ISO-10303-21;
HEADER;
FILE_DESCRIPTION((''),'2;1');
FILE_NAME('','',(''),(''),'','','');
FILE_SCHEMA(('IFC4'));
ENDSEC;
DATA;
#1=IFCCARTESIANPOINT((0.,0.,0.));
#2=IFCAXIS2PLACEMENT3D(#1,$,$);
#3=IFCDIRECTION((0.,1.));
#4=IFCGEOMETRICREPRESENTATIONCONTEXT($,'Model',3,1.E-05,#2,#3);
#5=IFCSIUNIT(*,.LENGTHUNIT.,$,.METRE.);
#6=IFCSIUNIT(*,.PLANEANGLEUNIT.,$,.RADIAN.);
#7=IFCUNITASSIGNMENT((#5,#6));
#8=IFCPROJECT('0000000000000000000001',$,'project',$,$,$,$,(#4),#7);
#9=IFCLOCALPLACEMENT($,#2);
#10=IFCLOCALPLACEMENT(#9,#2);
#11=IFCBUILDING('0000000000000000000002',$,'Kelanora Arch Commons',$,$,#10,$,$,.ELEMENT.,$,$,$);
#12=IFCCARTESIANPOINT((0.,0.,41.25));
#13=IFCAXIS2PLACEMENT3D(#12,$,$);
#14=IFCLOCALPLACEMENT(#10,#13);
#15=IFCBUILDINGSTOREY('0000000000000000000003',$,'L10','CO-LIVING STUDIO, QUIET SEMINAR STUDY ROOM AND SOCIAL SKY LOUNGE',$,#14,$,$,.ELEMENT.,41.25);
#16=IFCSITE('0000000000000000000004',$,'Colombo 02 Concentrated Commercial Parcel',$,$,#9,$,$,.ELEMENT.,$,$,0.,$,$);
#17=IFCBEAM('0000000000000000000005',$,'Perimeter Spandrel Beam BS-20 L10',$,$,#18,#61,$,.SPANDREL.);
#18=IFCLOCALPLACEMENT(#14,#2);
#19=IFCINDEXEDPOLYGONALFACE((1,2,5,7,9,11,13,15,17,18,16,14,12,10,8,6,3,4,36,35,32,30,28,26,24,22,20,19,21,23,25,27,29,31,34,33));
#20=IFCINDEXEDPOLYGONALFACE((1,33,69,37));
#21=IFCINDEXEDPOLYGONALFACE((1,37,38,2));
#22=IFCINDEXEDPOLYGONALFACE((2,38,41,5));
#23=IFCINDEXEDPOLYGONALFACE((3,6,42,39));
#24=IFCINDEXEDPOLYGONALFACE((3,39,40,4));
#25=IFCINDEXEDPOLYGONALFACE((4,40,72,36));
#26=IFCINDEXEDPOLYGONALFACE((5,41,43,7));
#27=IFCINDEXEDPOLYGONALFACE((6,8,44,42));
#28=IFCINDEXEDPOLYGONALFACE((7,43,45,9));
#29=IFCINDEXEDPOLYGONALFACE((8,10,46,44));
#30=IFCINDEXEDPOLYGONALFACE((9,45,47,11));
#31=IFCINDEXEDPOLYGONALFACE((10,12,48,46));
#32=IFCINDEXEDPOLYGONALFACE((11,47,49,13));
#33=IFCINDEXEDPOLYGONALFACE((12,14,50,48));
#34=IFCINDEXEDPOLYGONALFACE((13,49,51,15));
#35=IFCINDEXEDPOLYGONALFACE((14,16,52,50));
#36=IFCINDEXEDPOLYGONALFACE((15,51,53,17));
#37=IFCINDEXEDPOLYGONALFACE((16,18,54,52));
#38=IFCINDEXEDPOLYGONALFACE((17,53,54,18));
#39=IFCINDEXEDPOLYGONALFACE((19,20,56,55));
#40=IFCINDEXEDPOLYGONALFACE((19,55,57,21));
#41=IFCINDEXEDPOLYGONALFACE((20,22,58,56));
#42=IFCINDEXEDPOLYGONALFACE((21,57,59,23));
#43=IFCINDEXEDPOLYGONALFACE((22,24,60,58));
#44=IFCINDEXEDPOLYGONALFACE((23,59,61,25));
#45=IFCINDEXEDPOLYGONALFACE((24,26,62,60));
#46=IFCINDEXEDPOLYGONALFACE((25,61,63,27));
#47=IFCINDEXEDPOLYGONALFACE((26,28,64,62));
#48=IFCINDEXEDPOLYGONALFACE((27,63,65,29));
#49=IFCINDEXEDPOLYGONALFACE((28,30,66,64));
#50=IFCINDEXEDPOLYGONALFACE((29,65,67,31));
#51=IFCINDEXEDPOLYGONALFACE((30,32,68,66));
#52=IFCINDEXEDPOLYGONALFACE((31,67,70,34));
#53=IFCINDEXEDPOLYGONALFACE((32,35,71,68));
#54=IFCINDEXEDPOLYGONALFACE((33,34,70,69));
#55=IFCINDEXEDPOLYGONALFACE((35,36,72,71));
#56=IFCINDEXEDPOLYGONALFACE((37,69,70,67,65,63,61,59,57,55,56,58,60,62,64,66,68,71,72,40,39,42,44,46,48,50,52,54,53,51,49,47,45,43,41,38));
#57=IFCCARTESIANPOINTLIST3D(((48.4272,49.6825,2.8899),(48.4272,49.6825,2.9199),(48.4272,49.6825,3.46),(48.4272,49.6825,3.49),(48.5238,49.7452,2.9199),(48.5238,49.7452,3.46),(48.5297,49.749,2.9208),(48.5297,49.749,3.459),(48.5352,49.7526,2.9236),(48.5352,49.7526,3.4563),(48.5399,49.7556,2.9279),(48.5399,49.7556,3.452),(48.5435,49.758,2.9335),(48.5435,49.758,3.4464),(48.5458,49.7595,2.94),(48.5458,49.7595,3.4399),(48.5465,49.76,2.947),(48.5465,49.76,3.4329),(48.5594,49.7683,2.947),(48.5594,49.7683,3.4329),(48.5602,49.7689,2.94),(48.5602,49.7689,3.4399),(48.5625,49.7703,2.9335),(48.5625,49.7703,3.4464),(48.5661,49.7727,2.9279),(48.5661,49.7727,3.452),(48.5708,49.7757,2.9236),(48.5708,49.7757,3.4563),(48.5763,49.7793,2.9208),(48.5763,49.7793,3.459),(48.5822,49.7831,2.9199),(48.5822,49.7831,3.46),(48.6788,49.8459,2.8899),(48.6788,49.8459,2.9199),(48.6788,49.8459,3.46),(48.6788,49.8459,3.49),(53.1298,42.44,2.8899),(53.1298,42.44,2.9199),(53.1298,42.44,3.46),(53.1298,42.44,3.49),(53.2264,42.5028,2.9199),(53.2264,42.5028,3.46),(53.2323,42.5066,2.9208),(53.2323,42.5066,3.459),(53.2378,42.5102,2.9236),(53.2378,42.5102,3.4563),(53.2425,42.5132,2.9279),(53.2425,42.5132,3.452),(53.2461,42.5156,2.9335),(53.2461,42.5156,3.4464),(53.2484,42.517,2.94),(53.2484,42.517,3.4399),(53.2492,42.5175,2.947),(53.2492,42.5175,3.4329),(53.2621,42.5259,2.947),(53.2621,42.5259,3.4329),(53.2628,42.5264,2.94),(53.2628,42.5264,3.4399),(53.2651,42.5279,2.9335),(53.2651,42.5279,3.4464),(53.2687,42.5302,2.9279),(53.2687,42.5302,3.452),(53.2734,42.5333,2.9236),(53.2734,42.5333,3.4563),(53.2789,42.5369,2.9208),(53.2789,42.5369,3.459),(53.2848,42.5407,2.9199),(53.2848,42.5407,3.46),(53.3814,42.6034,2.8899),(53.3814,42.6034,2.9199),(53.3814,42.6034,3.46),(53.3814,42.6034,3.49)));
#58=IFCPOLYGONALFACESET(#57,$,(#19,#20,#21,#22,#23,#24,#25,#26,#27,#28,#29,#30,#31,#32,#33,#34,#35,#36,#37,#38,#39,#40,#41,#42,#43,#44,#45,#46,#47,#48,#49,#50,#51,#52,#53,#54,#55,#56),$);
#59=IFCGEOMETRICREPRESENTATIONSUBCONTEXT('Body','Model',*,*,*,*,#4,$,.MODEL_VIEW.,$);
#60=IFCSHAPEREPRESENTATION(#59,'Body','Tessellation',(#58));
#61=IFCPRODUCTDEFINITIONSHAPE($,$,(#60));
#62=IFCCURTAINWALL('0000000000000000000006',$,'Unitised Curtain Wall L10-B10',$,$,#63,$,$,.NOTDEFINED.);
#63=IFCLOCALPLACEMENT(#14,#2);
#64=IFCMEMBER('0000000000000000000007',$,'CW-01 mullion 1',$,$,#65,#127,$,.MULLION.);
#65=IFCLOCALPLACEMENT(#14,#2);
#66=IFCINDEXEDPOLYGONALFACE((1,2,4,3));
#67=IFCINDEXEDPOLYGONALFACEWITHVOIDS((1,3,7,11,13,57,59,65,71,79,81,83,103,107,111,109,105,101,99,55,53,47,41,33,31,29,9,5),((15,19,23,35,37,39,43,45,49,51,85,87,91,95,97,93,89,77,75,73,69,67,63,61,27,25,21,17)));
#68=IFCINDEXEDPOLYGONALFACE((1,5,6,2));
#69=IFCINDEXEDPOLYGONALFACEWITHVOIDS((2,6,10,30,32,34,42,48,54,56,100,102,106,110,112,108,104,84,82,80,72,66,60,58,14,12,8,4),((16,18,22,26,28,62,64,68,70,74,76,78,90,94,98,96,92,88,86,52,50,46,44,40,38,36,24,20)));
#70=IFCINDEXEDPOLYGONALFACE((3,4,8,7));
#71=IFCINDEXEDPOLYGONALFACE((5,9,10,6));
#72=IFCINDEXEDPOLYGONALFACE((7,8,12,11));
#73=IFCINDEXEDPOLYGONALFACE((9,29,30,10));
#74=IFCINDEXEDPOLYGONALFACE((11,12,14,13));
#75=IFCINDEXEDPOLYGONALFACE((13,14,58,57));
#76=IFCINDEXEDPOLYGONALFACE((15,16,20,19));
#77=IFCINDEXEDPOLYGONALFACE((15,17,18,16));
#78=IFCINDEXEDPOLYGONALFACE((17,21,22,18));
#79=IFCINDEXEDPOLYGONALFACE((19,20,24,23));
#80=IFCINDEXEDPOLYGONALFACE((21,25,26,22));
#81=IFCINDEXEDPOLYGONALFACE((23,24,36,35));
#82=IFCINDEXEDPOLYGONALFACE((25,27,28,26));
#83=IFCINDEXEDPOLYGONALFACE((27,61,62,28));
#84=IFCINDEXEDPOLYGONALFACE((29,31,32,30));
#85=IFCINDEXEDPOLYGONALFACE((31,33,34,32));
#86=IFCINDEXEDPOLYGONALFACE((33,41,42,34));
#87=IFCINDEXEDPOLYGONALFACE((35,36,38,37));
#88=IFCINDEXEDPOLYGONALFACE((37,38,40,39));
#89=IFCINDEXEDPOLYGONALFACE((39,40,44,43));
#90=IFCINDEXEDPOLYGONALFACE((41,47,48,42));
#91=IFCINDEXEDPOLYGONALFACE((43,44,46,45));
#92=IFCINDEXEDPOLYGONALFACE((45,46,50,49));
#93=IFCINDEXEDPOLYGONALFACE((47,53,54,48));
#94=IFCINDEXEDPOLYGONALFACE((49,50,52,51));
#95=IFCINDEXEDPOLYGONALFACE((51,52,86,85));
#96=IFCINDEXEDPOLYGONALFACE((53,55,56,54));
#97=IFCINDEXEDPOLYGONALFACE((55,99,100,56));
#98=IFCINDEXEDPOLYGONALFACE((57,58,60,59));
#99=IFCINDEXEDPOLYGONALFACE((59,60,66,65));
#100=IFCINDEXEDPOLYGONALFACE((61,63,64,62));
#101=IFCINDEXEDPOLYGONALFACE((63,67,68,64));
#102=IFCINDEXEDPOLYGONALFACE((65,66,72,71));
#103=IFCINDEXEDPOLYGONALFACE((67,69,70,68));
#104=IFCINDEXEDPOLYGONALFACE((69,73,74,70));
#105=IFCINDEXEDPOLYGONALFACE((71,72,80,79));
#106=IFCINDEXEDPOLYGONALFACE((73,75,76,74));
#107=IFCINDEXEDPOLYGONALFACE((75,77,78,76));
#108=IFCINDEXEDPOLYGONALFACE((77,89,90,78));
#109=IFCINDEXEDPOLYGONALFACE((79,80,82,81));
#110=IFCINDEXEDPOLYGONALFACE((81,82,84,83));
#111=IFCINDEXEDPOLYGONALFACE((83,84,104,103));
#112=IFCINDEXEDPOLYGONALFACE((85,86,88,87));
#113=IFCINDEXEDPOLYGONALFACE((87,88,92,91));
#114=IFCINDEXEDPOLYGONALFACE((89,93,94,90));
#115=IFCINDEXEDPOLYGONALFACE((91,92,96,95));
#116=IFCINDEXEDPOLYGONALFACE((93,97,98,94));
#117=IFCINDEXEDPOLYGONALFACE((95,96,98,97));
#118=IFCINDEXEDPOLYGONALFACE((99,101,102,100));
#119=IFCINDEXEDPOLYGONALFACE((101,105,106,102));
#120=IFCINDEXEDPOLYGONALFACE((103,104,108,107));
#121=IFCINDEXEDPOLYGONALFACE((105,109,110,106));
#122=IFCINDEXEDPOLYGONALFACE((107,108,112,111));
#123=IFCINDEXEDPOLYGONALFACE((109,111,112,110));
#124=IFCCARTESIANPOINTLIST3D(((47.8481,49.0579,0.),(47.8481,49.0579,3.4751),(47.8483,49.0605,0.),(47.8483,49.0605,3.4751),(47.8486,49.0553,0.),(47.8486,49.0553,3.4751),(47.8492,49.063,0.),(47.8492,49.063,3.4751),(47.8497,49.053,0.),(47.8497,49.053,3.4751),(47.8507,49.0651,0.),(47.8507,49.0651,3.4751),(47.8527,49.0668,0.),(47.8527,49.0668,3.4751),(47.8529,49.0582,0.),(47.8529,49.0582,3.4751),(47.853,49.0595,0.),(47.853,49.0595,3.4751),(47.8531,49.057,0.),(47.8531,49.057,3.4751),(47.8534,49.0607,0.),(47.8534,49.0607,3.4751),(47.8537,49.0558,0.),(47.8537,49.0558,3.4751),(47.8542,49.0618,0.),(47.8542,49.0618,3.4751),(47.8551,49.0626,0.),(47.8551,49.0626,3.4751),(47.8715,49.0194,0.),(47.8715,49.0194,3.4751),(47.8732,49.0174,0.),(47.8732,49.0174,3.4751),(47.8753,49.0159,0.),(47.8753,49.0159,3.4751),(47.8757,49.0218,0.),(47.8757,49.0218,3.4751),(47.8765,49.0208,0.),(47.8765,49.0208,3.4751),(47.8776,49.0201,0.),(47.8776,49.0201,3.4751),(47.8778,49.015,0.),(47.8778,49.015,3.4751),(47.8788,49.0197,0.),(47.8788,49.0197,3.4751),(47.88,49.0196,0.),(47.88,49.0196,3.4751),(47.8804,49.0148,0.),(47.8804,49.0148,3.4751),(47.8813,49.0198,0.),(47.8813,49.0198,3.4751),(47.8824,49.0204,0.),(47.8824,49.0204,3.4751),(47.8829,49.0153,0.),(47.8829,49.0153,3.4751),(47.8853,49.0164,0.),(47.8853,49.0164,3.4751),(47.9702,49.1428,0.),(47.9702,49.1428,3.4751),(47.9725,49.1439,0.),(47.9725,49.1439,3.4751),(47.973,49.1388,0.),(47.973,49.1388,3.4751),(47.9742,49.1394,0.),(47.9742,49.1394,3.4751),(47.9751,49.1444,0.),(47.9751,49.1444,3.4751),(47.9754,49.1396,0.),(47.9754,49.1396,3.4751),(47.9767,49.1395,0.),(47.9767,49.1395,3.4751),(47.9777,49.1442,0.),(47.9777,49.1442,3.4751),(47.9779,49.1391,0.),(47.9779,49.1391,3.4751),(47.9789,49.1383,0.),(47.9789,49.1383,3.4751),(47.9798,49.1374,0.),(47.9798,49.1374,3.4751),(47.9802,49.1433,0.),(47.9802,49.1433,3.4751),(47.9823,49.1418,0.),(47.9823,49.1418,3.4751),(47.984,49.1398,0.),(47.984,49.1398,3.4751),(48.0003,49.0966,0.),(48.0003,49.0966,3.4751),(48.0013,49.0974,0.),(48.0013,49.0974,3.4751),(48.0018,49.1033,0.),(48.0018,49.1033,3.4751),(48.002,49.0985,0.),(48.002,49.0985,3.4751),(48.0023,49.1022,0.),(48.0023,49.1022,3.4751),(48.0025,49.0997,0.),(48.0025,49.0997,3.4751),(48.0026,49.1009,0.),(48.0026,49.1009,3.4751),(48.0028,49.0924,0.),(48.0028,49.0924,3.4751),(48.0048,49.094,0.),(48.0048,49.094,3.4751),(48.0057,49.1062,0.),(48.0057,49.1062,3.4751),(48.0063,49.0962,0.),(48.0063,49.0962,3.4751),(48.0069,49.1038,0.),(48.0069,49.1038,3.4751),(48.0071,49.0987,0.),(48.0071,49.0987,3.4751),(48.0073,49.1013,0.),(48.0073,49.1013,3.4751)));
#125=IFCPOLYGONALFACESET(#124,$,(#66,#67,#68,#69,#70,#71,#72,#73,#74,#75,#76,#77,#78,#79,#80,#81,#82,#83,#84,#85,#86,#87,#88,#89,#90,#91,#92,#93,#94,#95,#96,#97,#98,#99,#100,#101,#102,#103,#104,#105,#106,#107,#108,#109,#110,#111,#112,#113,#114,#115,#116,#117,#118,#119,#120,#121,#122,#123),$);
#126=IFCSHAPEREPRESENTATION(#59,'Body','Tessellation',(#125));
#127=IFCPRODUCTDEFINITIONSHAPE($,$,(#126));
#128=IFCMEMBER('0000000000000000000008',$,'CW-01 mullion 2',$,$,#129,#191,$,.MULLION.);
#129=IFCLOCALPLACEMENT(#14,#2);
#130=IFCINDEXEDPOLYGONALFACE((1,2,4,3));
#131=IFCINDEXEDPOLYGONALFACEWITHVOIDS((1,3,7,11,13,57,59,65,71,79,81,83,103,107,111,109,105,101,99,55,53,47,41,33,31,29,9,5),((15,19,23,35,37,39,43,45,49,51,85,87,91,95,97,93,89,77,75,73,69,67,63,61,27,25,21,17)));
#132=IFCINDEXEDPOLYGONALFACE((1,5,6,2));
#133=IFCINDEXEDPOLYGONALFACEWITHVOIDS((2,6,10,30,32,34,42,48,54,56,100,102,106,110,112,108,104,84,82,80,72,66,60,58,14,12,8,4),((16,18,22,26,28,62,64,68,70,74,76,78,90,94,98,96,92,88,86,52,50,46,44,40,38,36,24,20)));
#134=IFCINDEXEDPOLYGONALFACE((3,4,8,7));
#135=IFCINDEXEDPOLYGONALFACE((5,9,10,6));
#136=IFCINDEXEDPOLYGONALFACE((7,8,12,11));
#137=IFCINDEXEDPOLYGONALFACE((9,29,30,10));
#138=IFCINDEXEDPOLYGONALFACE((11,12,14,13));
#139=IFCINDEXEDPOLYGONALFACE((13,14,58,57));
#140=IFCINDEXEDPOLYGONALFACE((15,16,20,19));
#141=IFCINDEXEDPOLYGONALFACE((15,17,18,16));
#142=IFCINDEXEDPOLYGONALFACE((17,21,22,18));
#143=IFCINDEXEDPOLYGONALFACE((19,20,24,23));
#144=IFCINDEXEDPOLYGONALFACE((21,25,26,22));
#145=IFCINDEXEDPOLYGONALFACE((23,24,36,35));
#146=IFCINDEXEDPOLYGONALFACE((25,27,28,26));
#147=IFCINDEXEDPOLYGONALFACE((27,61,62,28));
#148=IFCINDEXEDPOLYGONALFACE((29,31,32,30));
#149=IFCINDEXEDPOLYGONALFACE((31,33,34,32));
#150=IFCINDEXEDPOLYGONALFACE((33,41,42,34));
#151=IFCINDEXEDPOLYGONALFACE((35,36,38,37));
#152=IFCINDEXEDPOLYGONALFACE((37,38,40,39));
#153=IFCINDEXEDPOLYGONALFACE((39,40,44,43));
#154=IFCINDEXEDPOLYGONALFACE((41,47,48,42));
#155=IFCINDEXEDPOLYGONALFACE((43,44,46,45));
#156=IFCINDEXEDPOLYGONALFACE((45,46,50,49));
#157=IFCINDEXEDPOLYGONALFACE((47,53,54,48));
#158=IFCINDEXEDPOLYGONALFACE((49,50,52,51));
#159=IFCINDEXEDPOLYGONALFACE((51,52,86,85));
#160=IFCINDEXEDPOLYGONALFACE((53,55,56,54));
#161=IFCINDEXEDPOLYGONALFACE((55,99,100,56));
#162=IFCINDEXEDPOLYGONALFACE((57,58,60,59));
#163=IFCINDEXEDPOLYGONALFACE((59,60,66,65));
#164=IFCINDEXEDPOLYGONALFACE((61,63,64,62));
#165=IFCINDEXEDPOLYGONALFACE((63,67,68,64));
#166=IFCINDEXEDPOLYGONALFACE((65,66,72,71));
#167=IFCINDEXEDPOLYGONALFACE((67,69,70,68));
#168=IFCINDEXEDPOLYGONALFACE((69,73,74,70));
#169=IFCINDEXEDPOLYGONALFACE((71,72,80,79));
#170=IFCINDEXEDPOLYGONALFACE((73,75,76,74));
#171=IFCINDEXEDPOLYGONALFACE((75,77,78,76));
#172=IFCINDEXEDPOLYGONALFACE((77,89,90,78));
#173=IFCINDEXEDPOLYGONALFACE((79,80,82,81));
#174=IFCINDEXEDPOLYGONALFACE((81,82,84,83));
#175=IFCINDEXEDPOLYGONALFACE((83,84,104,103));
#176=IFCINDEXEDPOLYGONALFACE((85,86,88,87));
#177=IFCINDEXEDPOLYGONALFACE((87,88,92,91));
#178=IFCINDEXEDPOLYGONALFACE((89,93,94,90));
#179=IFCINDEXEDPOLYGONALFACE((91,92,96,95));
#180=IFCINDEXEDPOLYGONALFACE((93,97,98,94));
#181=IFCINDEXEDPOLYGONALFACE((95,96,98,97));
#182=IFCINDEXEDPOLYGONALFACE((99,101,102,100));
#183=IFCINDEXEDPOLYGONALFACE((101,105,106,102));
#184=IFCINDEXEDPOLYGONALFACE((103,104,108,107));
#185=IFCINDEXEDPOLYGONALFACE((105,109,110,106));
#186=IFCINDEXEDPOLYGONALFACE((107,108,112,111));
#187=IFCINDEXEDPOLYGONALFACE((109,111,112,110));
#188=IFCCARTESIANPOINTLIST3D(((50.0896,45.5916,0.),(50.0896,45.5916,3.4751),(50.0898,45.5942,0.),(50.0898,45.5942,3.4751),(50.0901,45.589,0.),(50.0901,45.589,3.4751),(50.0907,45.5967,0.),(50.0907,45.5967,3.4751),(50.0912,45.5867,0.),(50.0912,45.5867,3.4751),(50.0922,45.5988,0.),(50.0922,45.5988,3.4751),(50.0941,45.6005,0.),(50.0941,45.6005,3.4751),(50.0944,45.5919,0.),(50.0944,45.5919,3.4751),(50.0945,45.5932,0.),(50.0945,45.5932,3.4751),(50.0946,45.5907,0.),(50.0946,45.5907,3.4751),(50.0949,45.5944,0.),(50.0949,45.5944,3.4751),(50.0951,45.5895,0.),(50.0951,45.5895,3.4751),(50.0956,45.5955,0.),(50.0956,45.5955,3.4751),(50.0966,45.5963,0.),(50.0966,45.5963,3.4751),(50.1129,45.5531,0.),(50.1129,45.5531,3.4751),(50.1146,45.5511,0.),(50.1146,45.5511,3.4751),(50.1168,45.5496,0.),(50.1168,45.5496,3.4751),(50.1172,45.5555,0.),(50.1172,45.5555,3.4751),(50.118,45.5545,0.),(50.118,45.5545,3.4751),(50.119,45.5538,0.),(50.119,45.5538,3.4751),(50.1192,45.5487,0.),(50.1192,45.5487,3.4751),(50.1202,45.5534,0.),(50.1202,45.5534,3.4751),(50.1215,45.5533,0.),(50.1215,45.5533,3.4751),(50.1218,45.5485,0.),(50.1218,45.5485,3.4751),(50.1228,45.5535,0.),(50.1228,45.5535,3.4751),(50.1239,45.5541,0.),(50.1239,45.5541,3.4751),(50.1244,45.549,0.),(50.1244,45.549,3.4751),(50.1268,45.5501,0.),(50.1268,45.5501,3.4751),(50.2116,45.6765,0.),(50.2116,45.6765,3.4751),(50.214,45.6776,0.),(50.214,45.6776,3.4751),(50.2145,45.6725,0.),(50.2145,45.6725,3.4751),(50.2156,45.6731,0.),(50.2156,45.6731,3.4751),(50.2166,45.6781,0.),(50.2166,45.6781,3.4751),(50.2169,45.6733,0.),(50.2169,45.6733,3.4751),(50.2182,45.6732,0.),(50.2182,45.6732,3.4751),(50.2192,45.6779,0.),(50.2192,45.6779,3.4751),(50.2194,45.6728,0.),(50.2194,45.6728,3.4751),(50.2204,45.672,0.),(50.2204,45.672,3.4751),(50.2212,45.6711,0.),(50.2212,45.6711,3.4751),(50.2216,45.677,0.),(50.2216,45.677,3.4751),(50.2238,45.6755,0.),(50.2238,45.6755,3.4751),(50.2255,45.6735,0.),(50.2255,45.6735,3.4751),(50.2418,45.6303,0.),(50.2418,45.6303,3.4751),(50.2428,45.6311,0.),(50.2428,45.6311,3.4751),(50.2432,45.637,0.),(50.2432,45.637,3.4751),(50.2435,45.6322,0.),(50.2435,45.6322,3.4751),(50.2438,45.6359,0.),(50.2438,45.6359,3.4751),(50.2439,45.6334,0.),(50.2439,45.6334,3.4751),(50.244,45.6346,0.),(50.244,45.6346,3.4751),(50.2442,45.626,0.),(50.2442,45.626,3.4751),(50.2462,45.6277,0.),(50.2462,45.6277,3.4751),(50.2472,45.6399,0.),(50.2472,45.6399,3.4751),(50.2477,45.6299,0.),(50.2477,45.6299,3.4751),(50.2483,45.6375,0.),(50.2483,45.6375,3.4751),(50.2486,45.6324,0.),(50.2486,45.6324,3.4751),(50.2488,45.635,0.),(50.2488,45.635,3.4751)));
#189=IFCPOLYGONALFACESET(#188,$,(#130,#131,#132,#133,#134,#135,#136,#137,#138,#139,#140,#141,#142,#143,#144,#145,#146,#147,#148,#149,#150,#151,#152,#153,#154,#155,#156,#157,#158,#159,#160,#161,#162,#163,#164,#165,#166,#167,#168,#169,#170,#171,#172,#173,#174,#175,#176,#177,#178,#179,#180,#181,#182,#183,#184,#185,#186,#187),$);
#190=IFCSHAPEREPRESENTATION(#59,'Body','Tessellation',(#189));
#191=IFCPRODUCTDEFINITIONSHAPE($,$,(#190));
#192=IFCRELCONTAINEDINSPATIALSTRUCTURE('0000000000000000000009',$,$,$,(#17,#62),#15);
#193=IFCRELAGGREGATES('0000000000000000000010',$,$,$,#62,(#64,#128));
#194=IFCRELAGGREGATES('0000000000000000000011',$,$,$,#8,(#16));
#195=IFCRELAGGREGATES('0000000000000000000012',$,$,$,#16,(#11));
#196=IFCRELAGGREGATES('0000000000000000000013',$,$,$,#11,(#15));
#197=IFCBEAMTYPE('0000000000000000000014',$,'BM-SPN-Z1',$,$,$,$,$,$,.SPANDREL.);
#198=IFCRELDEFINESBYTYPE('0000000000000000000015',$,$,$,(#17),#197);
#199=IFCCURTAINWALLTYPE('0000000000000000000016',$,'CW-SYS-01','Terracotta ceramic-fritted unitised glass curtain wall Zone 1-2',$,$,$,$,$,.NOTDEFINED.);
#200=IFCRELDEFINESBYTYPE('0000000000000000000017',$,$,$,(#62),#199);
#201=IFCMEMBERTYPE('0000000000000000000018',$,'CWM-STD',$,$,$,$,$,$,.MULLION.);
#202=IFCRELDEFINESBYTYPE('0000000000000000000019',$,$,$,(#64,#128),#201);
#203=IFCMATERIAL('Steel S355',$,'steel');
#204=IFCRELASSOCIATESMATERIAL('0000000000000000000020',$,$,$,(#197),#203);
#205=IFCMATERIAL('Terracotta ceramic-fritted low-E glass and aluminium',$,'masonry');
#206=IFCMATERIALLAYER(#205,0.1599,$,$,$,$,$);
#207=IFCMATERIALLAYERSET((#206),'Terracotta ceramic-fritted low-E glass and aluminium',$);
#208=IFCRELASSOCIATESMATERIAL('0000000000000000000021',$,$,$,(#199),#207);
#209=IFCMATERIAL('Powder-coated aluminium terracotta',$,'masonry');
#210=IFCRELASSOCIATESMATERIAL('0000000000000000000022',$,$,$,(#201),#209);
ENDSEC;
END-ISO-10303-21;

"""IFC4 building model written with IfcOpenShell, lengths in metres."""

from ifc_helpers import new_model, si_unit, direction, frame, origin, origin_2d, place, context, subcontext, project, spatial, hollow_rectangle, i_section, extrude, material, layer, layer_set, material_profile, profile_set, type_object, element, aggregate, save


model = new_model("IFC4")

# Units and contexts
model_context = context("Model", 3, precision=1e-05, world=origin(), true_north=direction((0.0, 1.0)))
body_context = subcontext(model_context, "Body", "Model", "MODEL_VIEW")
ifc_project = project(units=[si_unit("LENGTHUNIT", "METRE"), si_unit("PLANEANGLEUNIT", "RADIAN")], contexts=[model_context])

# Site, building, storey
site_placement = place(None, origin())
site = spatial("IfcSite", under=ifc_project, at=site_placement, Name="Colombo 02 Concentrated Commercial Parcel", CompositionType="ELEMENT", RefElevation=0.0)
building_placement = place(site_placement, origin())
building = spatial("IfcBuilding", under=site, at=building_placement, Name="Kelanora Arch Commons", CompositionType="ELEMENT")
storey_placement = place(building_placement, frame((0.0, 0.0, 41.25)))
storey = spatial("IfcBuildingStorey", under=building, at=storey_placement, Name="L10", Description="CO-LIVING STUDIO, QUIET SEMINAR STUDY ROOM AND SOCIAL SKY LOUNGE", CompositionType="ELEMENT", Elevation=41.25)

# Beam
ifc_material_1 = material(Name="Steel S355", Category="steel")
ifc_material_profile_1 = material_profile(ifc_material_1, i_section(OverallWidth=0.3, OverallDepth=0.6001, WebThickness=0.0154, FlangeThickness=0.03, FilletRadius=0.0271, at=origin_2d()), Name="HEB600")
ifc_profile_set_1 = profile_set([ifc_material_profile_1], Name="Steel S355")
beam_type_1 = type_object("IfcBeamType", Name="BM-SPN-Z1", PredefinedType="SPANDREL", material=ifc_profile_set_1)
beam_1_placement = place(storey_placement, frame((48.553, 49.7642, 3.1899), z_axis=(0.544586, -0.838705, 0.0), x_axis=(0.838705, 0.544586, 0.0)))
element("IfcBeam", 1, at=beam_1_placement, inside=storey, type_object=beam_type_1, Name="Perimeter Spandrel Beam BS-20 L10", PredefinedType="SPANDREL", context=body_context, shape_type="SweptSolid", body=[
    extrude(i_section(OverallWidth=0.3, OverallDepth=0.6001, WebThickness=0.0154, FlangeThickness=0.03, FilletRadius=0.0271, at=origin_2d()), origin(), (0.0, 0.0, 1.0), 8.6353),
])

# Curtain wall, members
ifc_material_2 = material(Name="Terracotta ceramic-fritted low-E glass and aluminium", Category="masonry")
ifc_layer_1 = layer(ifc_material_2, 0.1599)
ifc_layer_set_1 = layer_set([ifc_layer_1], Name="Terracotta ceramic-fritted low-E glass and aluminium")
curtain_wall_type = type_object("IfcCurtainWallType", Name="CW-SYS-01", Description="Terracotta ceramic-fritted unitised glass curtain wall Zone 1-2", PredefinedType="NOTDEFINED", material=ifc_layer_set_1)
curtain_wall_placement = place(storey_placement, origin())
curtain_wall = element("IfcCurtainWall", 2, at=curtain_wall_placement, inside=storey, type_object=curtain_wall_type, Name="Unitised Curtain Wall L10-B10", PredefinedType="NOTDEFINED")
ifc_material_3 = material(Name="Powder-coated aluminium terracotta", Category="masonry")
ifc_material_profile_2 = material_profile(ifc_material_3, hollow_rectangle(XDim=0.1599, YDim=0.0601, WallThickness=0.0049, InnerFilletRadius=0.0049, OuterFilletRadius=0.01, at=origin_2d()), Name="CWM160x60")
ifc_profile_set_2 = profile_set([ifc_material_profile_2], Name="Powder-coated aluminium terracotta")
member_type_1 = type_object("IfcMemberType", Name="CWM-STD", PredefinedType="MULLION", material=ifc_profile_set_2)
member_1_placement = place(storey_placement, frame((47.9277, 49.0796, 0.0), z_axis=(0.0, 0.0, 1.0), x_axis=(0.83973, 0.543004, 0.0)))
member_1 = element("IfcMember", 3, at=member_1_placement, type_object=member_type_1, Name="CW-01 mullion 1", PredefinedType="MULLION", context=body_context, shape_type="SweptSolid", body=[
    extrude(hollow_rectangle(XDim=0.1599, YDim=0.0601, WallThickness=0.0049, InnerFilletRadius=0.0049, OuterFilletRadius=0.01, at=origin_2d()), origin(), (0.0, 0.0, 1.0), 3.4751),
])
member_2_placement = place(storey_placement, frame((50.1692, 45.6133, 0.0), z_axis=(0.0, 0.0, 1.0), x_axis=(0.83973, 0.543004, 0.0)))
member_2 = element("IfcMember", 4, at=member_2_placement, type_object=member_type_1, Name="CW-01 mullion 2", PredefinedType="MULLION", context=body_context, shape_type="SweptSolid", body=[
    extrude(hollow_rectangle(XDim=0.1599, YDim=0.0601, WallThickness=0.0049, InnerFilletRadius=0.0049, OuterFilletRadius=0.01, at=origin_2d()), origin(), (0.0, 0.0, 1.0), 3.4751),
])

aggregate(curtain_wall, [member_1, member_2])

save(model, "model.ifc")
